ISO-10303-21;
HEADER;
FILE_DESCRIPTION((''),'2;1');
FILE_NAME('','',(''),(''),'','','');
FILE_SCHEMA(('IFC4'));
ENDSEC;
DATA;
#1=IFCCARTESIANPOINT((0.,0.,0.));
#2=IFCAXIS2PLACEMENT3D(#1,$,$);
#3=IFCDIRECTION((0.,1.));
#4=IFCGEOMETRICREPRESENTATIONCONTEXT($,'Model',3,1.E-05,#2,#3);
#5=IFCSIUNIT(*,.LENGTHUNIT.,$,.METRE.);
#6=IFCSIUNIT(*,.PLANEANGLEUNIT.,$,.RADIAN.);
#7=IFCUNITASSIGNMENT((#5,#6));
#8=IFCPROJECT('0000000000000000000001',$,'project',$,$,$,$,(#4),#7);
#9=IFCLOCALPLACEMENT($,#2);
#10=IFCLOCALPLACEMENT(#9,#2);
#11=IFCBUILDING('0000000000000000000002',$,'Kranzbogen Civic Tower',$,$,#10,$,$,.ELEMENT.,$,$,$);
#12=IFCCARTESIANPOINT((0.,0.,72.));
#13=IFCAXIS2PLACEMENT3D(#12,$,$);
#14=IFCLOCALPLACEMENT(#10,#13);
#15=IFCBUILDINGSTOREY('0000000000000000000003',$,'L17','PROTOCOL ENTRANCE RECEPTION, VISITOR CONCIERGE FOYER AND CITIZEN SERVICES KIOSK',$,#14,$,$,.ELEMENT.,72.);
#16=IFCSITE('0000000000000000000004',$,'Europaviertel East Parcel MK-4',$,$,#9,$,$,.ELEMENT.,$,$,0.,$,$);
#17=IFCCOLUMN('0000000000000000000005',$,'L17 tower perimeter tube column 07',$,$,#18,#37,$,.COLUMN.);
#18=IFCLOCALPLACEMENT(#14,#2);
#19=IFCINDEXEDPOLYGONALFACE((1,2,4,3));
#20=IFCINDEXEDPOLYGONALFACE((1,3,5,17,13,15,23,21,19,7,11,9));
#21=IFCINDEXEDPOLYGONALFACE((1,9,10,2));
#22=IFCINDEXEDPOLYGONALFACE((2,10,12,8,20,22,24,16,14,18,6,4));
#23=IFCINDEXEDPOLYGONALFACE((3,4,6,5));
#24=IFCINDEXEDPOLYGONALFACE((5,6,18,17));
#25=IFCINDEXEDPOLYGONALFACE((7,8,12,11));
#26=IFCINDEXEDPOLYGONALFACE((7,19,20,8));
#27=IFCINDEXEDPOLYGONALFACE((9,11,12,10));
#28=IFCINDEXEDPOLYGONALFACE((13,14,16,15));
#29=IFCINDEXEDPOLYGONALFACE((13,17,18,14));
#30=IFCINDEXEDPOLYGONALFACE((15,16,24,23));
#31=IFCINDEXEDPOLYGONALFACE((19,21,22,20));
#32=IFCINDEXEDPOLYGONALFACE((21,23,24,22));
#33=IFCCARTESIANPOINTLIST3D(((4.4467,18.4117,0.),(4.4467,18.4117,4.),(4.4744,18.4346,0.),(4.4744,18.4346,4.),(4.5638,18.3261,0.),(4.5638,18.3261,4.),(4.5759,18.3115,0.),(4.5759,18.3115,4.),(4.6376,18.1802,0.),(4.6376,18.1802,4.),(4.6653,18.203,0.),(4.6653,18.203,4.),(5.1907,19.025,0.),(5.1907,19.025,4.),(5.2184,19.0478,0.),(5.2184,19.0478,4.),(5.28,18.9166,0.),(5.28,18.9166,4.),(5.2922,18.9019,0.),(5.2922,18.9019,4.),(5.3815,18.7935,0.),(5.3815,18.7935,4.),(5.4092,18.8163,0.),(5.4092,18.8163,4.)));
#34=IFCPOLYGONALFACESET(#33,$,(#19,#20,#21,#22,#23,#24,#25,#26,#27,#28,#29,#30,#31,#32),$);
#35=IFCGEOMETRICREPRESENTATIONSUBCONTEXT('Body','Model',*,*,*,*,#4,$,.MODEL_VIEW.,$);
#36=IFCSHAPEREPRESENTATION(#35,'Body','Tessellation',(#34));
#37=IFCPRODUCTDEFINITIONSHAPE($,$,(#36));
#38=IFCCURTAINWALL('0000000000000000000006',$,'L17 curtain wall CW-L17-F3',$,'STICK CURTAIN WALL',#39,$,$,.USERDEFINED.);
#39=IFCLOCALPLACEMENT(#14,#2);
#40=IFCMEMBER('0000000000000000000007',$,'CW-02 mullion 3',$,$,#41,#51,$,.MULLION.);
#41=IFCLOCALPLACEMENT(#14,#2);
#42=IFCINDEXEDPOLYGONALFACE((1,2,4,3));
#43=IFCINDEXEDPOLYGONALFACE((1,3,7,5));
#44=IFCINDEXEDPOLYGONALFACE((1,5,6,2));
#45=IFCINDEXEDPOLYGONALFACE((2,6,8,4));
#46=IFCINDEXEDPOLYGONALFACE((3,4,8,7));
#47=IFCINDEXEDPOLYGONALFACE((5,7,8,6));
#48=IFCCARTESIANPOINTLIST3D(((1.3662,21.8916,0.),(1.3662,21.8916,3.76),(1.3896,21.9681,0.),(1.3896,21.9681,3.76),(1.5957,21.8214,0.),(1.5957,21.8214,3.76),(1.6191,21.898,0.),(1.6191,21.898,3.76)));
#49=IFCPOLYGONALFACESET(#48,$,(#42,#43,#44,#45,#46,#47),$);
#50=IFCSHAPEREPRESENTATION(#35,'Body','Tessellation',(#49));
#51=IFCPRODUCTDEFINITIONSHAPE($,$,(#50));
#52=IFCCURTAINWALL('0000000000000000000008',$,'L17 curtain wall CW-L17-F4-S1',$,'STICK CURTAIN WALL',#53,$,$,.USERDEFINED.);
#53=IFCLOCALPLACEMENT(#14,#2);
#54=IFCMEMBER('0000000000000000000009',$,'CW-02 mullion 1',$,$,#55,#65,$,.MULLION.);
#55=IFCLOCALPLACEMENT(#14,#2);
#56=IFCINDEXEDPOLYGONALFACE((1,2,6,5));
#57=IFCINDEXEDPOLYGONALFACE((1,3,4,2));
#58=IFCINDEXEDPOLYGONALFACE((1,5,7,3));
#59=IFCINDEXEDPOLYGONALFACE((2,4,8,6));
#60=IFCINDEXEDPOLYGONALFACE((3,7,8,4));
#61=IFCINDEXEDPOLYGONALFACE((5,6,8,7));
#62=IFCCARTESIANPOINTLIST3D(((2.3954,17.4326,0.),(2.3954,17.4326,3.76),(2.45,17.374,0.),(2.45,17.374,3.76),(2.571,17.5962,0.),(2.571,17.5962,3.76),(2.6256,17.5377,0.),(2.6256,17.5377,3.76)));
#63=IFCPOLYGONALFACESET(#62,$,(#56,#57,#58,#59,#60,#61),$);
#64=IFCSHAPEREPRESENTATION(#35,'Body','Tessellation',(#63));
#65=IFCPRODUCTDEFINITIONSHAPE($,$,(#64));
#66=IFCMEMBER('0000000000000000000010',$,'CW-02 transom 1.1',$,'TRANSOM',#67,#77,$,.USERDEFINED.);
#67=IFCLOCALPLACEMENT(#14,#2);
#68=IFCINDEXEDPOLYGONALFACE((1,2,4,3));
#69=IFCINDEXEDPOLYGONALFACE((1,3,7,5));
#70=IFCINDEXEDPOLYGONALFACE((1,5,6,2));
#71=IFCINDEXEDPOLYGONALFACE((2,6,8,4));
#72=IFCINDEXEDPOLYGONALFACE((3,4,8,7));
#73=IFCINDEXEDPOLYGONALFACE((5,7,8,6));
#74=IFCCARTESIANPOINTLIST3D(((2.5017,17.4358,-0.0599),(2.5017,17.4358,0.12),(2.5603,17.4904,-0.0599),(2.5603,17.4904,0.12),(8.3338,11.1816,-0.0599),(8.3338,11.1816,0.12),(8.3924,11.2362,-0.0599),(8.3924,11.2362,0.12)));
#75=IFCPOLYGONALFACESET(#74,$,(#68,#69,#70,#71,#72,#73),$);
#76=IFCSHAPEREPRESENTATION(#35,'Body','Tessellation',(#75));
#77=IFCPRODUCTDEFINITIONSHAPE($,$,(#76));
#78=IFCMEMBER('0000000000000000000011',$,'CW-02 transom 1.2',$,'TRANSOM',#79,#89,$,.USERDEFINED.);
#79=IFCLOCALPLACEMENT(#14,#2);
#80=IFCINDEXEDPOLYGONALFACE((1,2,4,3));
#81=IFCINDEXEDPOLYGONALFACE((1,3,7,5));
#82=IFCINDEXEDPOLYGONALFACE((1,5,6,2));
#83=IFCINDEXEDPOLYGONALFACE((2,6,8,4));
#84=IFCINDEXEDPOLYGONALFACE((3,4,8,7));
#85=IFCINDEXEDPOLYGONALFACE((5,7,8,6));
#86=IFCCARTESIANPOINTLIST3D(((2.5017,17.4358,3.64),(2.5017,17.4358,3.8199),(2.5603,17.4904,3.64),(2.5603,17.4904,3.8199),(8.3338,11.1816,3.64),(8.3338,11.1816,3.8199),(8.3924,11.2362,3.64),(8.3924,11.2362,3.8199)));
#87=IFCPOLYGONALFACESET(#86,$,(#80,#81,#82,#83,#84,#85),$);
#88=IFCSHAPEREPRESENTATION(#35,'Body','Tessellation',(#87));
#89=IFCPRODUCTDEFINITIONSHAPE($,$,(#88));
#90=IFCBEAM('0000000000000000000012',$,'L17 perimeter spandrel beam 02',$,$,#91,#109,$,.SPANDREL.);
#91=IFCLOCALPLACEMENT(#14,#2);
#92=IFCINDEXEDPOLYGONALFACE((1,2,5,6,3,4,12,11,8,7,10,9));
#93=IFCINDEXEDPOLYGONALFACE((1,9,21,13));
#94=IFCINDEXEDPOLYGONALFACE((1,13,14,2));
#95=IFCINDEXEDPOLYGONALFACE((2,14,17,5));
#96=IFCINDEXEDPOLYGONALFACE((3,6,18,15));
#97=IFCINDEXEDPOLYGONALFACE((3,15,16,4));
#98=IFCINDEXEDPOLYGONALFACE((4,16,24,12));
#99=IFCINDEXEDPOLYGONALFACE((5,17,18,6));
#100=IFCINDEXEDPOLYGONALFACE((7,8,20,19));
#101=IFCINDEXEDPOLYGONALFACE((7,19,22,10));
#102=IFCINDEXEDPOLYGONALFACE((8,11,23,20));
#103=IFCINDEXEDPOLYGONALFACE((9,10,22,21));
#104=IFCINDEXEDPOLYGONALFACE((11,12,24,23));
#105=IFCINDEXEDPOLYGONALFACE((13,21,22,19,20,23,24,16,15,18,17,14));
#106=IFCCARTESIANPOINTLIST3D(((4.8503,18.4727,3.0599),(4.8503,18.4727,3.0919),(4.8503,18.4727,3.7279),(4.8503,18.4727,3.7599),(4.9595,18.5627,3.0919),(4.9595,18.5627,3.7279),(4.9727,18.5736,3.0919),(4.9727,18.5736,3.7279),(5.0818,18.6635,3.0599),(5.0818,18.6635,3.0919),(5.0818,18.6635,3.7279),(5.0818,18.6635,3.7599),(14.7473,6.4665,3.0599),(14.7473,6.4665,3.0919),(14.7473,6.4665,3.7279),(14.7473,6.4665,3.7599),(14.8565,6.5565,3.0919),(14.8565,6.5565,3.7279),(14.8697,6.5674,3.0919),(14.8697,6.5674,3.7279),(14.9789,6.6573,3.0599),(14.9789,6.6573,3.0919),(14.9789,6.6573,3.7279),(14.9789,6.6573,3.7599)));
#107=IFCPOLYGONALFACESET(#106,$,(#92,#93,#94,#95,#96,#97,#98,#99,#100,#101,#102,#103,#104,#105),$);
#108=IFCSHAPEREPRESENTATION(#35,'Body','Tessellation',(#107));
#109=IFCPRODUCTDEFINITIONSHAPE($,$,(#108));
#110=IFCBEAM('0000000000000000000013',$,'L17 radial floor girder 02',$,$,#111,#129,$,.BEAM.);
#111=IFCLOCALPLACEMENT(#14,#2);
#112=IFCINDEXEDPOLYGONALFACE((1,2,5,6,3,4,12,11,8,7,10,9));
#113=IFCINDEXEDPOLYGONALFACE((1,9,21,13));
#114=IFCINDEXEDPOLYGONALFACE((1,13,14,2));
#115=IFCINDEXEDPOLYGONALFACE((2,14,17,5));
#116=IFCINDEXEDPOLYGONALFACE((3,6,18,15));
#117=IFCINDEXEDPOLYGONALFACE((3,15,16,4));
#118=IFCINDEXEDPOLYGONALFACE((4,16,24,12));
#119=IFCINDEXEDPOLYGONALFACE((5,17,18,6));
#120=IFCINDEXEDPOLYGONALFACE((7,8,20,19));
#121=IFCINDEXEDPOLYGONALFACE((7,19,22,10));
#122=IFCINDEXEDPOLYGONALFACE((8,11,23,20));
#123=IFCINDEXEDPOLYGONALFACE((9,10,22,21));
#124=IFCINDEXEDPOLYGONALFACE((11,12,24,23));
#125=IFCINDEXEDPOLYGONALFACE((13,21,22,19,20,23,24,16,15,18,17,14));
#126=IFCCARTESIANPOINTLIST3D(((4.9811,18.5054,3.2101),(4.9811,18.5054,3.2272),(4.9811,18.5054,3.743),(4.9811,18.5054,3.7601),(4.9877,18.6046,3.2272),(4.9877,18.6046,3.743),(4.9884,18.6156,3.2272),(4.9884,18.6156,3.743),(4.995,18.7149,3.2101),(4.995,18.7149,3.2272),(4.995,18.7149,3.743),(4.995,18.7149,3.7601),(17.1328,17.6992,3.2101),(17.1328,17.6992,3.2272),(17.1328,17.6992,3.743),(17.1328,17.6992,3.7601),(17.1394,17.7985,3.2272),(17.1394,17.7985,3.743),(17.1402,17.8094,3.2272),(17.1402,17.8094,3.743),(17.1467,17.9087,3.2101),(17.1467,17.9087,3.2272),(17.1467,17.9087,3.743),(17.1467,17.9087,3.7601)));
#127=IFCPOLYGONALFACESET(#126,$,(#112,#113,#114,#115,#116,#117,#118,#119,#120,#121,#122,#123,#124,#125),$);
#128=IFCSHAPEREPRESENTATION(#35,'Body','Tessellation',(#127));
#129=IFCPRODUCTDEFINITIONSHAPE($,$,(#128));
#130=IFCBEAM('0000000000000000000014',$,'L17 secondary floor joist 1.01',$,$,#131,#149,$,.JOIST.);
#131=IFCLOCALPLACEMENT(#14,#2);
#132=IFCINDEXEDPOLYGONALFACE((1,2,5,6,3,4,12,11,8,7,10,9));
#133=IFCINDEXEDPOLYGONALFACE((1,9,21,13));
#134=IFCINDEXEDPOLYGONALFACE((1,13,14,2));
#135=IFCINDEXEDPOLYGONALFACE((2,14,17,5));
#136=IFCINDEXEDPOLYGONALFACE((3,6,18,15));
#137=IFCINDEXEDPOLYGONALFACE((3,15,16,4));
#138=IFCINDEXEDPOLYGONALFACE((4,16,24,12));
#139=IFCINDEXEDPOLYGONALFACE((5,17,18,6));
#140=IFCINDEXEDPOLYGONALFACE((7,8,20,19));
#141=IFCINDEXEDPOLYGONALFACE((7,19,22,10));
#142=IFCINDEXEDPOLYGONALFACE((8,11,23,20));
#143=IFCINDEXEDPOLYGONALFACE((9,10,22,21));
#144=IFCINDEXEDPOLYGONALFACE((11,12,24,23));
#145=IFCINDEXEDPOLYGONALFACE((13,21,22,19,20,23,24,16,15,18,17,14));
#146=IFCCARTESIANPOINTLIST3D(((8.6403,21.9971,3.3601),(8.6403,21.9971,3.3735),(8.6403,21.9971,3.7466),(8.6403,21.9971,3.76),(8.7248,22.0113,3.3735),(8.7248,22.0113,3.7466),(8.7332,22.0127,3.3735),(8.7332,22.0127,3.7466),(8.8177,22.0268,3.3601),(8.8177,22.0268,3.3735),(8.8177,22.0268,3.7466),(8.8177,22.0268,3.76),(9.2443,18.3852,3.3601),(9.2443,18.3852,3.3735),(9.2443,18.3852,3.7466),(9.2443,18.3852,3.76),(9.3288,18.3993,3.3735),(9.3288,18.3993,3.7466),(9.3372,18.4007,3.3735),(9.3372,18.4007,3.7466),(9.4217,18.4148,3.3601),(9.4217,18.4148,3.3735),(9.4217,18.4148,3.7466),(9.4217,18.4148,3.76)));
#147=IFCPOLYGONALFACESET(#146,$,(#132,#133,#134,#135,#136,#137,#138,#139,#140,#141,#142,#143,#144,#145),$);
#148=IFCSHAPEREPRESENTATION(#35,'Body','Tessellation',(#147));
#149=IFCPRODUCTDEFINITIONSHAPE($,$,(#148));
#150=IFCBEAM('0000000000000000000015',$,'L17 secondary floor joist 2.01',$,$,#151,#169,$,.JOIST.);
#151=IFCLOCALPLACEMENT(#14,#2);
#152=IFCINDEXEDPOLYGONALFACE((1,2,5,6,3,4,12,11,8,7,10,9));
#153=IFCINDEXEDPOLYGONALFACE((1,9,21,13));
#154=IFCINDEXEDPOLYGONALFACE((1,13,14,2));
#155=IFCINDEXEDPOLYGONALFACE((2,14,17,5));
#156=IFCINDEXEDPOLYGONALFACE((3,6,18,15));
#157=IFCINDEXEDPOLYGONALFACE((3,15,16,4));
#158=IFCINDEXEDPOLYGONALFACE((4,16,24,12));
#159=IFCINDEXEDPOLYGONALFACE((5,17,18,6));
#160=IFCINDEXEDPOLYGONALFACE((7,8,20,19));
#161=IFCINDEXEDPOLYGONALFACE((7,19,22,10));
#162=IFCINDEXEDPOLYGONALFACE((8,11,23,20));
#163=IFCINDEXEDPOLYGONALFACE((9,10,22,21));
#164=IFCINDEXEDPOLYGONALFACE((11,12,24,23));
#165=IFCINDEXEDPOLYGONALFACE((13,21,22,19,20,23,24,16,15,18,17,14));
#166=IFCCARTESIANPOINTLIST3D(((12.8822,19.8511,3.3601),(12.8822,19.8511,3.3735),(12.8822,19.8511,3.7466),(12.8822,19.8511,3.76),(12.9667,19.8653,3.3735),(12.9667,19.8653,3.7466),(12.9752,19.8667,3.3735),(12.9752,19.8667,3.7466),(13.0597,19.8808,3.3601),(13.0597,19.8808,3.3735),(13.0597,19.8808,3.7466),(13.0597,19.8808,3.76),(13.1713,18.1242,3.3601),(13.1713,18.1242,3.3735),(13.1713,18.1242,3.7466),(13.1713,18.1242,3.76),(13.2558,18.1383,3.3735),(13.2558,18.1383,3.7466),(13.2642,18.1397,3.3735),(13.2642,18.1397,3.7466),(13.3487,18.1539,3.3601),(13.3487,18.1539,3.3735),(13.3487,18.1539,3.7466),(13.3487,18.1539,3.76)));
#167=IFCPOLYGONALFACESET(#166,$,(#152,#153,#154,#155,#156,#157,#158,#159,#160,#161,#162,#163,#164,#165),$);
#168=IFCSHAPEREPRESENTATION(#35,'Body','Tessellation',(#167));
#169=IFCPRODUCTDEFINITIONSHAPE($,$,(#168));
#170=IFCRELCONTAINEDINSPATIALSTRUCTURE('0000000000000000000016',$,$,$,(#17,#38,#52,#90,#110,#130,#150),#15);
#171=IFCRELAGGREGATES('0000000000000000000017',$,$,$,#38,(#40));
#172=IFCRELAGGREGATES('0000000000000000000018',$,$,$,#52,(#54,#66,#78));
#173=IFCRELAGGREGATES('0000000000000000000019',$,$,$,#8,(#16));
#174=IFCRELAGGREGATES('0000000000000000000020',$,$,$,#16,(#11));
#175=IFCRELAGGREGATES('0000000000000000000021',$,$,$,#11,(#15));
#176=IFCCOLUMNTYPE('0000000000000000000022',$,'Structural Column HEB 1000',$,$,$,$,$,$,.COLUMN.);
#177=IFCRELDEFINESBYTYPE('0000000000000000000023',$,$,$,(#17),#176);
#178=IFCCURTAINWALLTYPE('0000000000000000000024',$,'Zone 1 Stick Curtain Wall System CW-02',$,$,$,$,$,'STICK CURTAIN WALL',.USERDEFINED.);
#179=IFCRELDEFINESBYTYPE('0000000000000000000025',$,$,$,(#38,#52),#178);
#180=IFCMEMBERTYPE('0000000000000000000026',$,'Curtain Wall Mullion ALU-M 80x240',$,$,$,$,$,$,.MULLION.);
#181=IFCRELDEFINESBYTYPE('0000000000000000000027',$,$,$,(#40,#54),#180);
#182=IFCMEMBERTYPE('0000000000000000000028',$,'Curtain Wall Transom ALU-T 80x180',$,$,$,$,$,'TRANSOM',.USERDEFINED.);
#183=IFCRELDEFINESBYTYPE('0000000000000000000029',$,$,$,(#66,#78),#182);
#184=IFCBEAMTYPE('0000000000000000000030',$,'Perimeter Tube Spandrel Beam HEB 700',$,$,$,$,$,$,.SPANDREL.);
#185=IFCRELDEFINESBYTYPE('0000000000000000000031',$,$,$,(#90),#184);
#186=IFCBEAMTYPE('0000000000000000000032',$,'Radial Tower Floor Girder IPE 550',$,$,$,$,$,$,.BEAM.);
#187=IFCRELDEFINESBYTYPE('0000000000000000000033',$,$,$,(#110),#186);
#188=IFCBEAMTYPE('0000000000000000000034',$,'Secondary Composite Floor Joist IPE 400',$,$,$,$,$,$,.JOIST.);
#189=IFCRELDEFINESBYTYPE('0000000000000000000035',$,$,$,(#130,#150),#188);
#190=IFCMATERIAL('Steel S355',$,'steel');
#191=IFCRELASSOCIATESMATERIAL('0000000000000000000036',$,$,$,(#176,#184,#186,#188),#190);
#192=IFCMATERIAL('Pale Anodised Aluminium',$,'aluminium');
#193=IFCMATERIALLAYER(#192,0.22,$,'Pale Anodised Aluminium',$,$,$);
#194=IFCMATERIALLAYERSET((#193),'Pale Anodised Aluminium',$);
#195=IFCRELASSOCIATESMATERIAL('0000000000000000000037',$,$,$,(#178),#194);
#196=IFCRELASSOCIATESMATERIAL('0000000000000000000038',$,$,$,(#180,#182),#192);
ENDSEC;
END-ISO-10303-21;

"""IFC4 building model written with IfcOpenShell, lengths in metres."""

from ifc_helpers import new_model, si_unit, direction, frame, origin, origin_2d, place, context, subcontext, project, spatial, rectangle, i_section, extrude, material, layer, layer_set, material_profile, profile_set, type_object, element, aggregate, save


model = new_model("IFC4")

# Units and contexts
model_context = context("Model", 3, precision=1e-05, world=origin(), true_north=direction((0.0, 1.0)))
body_context = subcontext(model_context, "Body", "Model", "MODEL_VIEW")
ifc_project = project(units=[si_unit("LENGTHUNIT", "METRE"), si_unit("PLANEANGLEUNIT", "RADIAN")], contexts=[model_context])

# Site, building, storey
site_placement = place(None, origin())
site = spatial("IfcSite", under=ifc_project, at=site_placement, Name="Europaviertel East Parcel MK-4", CompositionType="ELEMENT", RefElevation=0.0)
building_placement = place(site_placement, origin())
building = spatial("IfcBuilding", under=site, at=building_placement, Name="Kranzbogen Civic Tower", CompositionType="ELEMENT")
storey_placement = place(building_placement, frame((0.0, 0.0, 72.0)))
storey = spatial("IfcBuildingStorey", under=building, at=storey_placement, Name="L17", Description="PROTOCOL ENTRANCE RECEPTION, VISITOR CONCIERGE FOYER AND CITIZEN SERVICES KIOSK", CompositionType="ELEMENT", Elevation=72.0)

# Column
ifc_material_1 = material(Name="Steel S355", Category="steel")
ifc_material_profile_1 = material_profile(ifc_material_1, i_section(OverallWidth=0.3, OverallDepth=1.0, WebThickness=0.019, FlangeThickness=0.0359, at=origin_2d()), Name="HEB 1000")
ifc_profile_set_1 = profile_set([ifc_material_profile_1], Name="Steel S355")
column_type = type_object("IfcColumnType", Name="Structural Column HEB 1000", PredefinedType="COLUMN", material=ifc_profile_set_1)
column_placement = place(storey_placement, frame((4.928, 18.614, 0.0), z_axis=(0.0, 0.0, 1.0), x_axis=(-0.636078, 0.771625, 0.0)))
element("IfcColumn", 1, at=column_placement, inside=storey, type_object=column_type, Name="L17 tower perimeter tube column 07", PredefinedType="COLUMN", context=body_context, shape_type="SweptSolid", body=[
    extrude(i_section(OverallWidth=0.3, OverallDepth=1.0, WebThickness=0.019, FlangeThickness=0.0359, at=origin_2d()), origin(), (0.0, 0.0, 1.0), 4.0),
])

# Curtain wall, member
ifc_material_2 = material(Name="Pale Anodised Aluminium", Category="aluminium")
ifc_layer_1 = layer(ifc_material_2, 0.22, Name="Pale Anodised Aluminium")
ifc_layer_set_1 = layer_set([ifc_layer_1], Name="Pale Anodised Aluminium")
curtain_wall_type = type_object("IfcCurtainWallType", Name="Zone 1 Stick Curtain Wall System CW-02", ElementType="STICK CURTAIN WALL", PredefinedType="USERDEFINED", material=ifc_layer_set_1)
curtain_wall_1_placement = place(storey_placement, origin())
curtain_wall_1 = element("IfcCurtainWall", 2, at=curtain_wall_1_placement, inside=storey, type_object=curtain_wall_type, Name="L17 curtain wall CW-L17-F3", ObjectType="STICK CURTAIN WALL", PredefinedType="USERDEFINED")
ifc_material_profile_2 = material_profile(ifc_material_2, rectangle(XDim=0.0801, YDim=0.24, at=origin_2d()), Name="ALU-M 80x240")
ifc_profile_set_2 = profile_set([ifc_material_profile_2], Name="Pale Anodised Aluminium")
member_type_1 = type_object("IfcMemberType", Name="Curtain Wall Mullion ALU-M 80x240", PredefinedType="MULLION", material=ifc_profile_set_2)
member_1_placement = place(storey_placement, frame((1.4927, 21.8948, 0.0), z_axis=(0.0, 0.0, 1.0), x_axis=(-0.292381, -0.956302, 0.0)))
member_1 = element("IfcMember", 3, at=member_1_placement, type_object=member_type_1, Name="CW-02 mullion 3", PredefinedType="MULLION", context=body_context, shape_type="SweptSolid", body=[
    extrude(rectangle(XDim=0.0801, YDim=0.24, at=origin_2d()), origin(), (0.0, 0.0, 1.0), 3.76),
])
aggregate(curtain_wall_1, [member_1])

# Curtain wall, members
curtain_wall_2_placement = place(storey_placement, origin())
curtain_wall_2 = element("IfcCurtainWall", 4, at=curtain_wall_2_placement, inside=storey, type_object=curtain_wall_type, Name="L17 curtain wall CW-L17-F4-S1", ObjectType="STICK CURTAIN WALL", PredefinedType="USERDEFINED")
member_2_placement = place(storey_placement, frame((2.5105, 17.4851, 0.0), z_axis=(0.0, 0.0, 1.0), x_axis=(0.681998, -0.731354, 0.0)))
member_2 = element("IfcMember", 5, at=member_2_placement, type_object=member_type_1, Name="CW-02 mullion 1", PredefinedType="MULLION", context=body_context, shape_type="SweptSolid", body=[
    extrude(rectangle(XDim=0.0801, YDim=0.24, at=origin_2d()), origin(), (0.0, 0.0, 1.0), 3.76),
])
ifc_material_profile_3 = material_profile(ifc_material_2, rectangle(XDim=0.0801, YDim=0.1799, at=origin_2d()), Name="ALU-T 80x180")
ifc_profile_set_3 = profile_set([ifc_material_profile_3], Name="Pale Anodised Aluminium")
member_type_2 = type_object("IfcMemberType", Name="Curtain Wall Transom ALU-T 80x180", ElementType="TRANSOM", PredefinedType="USERDEFINED", material=ifc_profile_set_3)
member_3_placement = place(storey_placement, frame((2.531, 17.4631, 0.03), z_axis=(0.681995, -0.731357, 0.0), x_axis=(0.731357, 0.681995, 0.0)))
member_3 = element("IfcMember", 6, at=member_3_placement, type_object=member_type_2, Name="CW-02 transom 1.1", ObjectType="TRANSOM", PredefinedType="USERDEFINED", context=body_context, shape_type="SweptSolid", body=[
    extrude(rectangle(XDim=0.0801, YDim=0.1799, at=origin_2d()), origin(), (0.0, 0.0, 1.0), 8.5515),
])
member_4_placement = place(storey_placement, frame((2.531, 17.4631, 3.73), z_axis=(0.681995, -0.731357, 0.0), x_axis=(0.731357, 0.681995, 0.0)))
member_4 = element("IfcMember", 7, at=member_4_placement, type_object=member_type_2, Name="CW-02 transom 1.2", ObjectType="TRANSOM", PredefinedType="USERDEFINED", context=body_context, shape_type="SweptSolid", body=[
    extrude(rectangle(XDim=0.0801, YDim=0.1799, at=origin_2d()), origin(), (0.0, 0.0, 1.0), 8.5515),
])

# Beams
ifc_material_profile_4 = material_profile(ifc_material_1, i_section(OverallWidth=0.3, OverallDepth=0.7, WebThickness=0.0171, FlangeThickness=0.032, at=origin_2d()), Name="HEB 700")
ifc_profile_set_4 = profile_set([ifc_material_profile_4], Name="Steel S355")
beam_type_1 = type_object("IfcBeamType", Name="Perimeter Tube Spandrel Beam HEB 700", PredefinedType="SPANDREL", material=ifc_profile_set_4)
beam_1_placement = place(storey_placement, frame((4.9661, 18.5681, 3.4099), z_axis=(0.636075, -0.771628, 0.0), x_axis=(0.771628, 0.636075, 0.0)))
element("IfcBeam", 8, at=beam_1_placement, inside=storey, type_object=beam_type_1, Name="L17 perimeter spandrel beam 02", PredefinedType="SPANDREL", context=body_context, shape_type="SweptSolid", body=[
    extrude(i_section(OverallWidth=0.3, OverallDepth=0.7, WebThickness=0.0171, FlangeThickness=0.032, at=origin_2d()), origin(), (0.0, 0.0, 1.0), 15.5596),
])
ifc_material_profile_5 = material_profile(ifc_material_1, i_section(OverallWidth=0.21, OverallDepth=0.55, WebThickness=0.011, FlangeThickness=0.0171, at=origin_2d()), Name="IPE 550")
ifc_profile_set_5 = profile_set([ifc_material_profile_5], Name="Steel S355")
beam_type_2 = type_object("IfcBeamType", Name="Radial Tower Floor Girder IPE 550", PredefinedType="BEAM", material=ifc_profile_set_5)
beam_2_placement = place(storey_placement, frame((4.988, 18.6101, 3.4851), z_axis=(0.997807, -0.066194, 0.0), x_axis=(0.066194, 0.997807, 0.0)))
element("IfcBeam", 9, at=beam_2_placement, inside=storey, type_object=beam_type_2, Name="L17 radial floor girder 02", PredefinedType="BEAM", context=body_context, shape_type="SweptSolid", body=[
    extrude(i_section(OverallWidth=0.21, OverallDepth=0.55, WebThickness=0.011, FlangeThickness=0.0171, at=origin_2d()), origin(), (0.0, 0.0, 1.0), 12.1785),
])
ifc_material_profile_6 = material_profile(ifc_material_1, i_section(OverallWidth=0.1799, OverallDepth=0.3999, WebThickness=0.0085, FlangeThickness=0.0134, at=origin_2d()), Name="IPE 400")
ifc_profile_set_6 = profile_set([ifc_material_profile_6], Name="Steel S355")
beam_type_3 = type_object("IfcBeamType", Name="Secondary Composite Floor Joist IPE 400", PredefinedType="JOIST", material=ifc_profile_set_6)
beam_3_placement = place(storey_placement, frame((8.729, 22.012, 3.5601), z_axis=(0.164929, -0.986305, 0.0), x_axis=(0.986305, 0.164929, 0.0)))
element("IfcBeam", 10, at=beam_3_placement, inside=storey, type_object=beam_type_3, Name="L17 secondary floor joist 1.01", PredefinedType="JOIST", context=body_context, shape_type="SweptSolid", body=[
    extrude(i_section(OverallWidth=0.1799, OverallDepth=0.3999, WebThickness=0.0085, FlangeThickness=0.0134, at=origin_2d()), origin(), (0.0, 0.0, 1.0), 3.6621),
])
beam_4_placement = place(storey_placement, frame((12.9709, 19.866, 3.5601), z_axis=(0.165077, -0.986281, 0.0), x_axis=(0.986281, 0.165077, 0.0)))
element("IfcBeam", 11, at=beam_4_placement, inside=storey, type_object=beam_type_3, Name="L17 secondary floor joist 2.01", PredefinedType="JOIST", context=body_context, shape_type="SweptSolid", body=[
    extrude(i_section(OverallWidth=0.1799, OverallDepth=0.3999, WebThickness=0.0085, FlangeThickness=0.0134, at=origin_2d()), origin(), (0.0, 0.0, 1.0), 1.751),
])

aggregate(curtain_wall_2, [member_2, member_3, member_4])

save(model, "model.ifc")
